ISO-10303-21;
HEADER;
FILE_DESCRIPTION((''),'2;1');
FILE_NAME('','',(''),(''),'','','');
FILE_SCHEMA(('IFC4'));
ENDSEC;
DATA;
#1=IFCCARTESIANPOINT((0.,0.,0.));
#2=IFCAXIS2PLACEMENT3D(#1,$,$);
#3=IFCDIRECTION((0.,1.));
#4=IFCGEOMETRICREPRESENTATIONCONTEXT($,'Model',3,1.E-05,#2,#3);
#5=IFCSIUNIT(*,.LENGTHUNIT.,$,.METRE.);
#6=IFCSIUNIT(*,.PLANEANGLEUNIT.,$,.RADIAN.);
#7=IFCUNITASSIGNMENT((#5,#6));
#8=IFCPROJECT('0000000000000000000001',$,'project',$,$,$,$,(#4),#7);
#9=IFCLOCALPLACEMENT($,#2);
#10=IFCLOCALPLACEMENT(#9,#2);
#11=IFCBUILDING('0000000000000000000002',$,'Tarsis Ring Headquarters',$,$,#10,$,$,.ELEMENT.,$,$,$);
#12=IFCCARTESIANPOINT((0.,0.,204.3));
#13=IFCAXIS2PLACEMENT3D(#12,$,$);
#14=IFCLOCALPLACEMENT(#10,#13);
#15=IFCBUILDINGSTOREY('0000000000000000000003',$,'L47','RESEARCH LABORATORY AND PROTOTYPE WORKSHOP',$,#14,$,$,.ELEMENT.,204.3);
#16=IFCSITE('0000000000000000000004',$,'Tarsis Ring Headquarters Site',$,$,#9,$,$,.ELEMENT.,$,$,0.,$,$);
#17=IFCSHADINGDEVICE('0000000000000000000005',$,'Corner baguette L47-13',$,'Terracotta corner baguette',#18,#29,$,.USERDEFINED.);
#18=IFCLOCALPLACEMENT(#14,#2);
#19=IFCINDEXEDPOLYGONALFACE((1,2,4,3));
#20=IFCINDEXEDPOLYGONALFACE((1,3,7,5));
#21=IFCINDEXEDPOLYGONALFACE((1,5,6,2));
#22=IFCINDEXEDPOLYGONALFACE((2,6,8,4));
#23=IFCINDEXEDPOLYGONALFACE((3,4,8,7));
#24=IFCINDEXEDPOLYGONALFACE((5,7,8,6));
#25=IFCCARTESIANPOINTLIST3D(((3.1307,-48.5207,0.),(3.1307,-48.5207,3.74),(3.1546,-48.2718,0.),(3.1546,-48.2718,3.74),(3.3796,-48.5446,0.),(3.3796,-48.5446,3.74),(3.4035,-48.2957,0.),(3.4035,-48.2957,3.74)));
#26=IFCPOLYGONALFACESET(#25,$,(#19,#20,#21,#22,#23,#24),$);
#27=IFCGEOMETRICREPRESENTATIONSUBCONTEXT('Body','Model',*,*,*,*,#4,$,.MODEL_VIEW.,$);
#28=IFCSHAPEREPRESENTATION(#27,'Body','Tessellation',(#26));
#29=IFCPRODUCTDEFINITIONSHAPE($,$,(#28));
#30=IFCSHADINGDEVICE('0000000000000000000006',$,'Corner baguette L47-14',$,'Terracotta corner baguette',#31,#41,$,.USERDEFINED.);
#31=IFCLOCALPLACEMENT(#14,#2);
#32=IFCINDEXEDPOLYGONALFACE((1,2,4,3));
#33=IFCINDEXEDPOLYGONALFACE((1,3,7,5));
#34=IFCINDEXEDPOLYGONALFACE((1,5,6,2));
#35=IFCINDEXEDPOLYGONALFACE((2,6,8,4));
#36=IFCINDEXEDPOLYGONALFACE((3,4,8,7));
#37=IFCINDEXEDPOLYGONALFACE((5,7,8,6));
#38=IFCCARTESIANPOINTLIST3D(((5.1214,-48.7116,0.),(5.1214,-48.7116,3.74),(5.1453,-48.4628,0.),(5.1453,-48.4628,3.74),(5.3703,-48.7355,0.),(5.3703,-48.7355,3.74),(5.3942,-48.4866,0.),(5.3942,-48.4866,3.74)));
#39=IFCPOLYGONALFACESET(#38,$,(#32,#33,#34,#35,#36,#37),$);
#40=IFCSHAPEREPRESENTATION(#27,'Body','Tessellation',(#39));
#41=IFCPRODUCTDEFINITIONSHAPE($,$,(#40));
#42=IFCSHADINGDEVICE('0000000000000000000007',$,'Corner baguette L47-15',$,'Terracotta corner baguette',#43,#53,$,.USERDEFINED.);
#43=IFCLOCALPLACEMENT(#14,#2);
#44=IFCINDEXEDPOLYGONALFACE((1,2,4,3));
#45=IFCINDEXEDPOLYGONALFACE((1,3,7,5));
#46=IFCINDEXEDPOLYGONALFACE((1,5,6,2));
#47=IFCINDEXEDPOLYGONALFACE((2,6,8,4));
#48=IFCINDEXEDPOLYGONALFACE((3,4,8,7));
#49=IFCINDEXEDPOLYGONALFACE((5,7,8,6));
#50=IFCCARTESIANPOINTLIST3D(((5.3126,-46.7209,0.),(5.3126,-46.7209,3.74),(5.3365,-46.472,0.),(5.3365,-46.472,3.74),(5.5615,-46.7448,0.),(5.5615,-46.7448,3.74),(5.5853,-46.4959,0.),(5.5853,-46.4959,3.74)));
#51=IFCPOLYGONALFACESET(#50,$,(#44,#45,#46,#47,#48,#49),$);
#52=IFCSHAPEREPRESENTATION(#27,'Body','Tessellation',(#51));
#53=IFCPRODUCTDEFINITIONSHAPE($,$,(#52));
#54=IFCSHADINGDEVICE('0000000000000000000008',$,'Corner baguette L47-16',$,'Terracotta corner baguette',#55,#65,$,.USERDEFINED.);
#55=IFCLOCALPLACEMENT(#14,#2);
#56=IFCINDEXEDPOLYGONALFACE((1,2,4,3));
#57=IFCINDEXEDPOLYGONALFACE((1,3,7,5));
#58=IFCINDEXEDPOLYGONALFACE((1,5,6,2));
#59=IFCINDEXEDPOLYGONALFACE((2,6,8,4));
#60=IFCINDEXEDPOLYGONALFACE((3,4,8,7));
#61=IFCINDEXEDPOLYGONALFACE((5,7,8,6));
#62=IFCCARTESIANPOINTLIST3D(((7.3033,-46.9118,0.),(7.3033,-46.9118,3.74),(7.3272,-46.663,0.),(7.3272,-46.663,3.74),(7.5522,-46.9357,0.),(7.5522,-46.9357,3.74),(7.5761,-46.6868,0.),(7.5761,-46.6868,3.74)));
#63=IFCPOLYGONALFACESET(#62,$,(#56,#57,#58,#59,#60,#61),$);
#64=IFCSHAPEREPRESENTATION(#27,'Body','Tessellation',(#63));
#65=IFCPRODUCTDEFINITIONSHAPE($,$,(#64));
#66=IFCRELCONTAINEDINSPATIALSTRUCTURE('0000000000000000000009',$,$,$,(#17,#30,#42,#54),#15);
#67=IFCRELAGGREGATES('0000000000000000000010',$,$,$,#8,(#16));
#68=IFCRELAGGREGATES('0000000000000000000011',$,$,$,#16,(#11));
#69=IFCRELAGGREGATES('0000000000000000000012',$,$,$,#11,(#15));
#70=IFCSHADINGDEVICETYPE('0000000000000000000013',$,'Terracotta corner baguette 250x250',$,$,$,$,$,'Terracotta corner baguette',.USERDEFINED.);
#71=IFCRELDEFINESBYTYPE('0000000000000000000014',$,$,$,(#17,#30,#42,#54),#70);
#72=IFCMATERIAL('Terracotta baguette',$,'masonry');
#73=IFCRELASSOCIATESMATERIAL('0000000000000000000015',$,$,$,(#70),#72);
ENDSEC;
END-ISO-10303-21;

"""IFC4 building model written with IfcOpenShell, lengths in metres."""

from ifc_helpers import new_model, si_unit, direction, frame, origin, origin_2d, place, context, subcontext, project, spatial, rectangle, extrude, material, type_object, element, save


model = new_model("IFC4")

# Units and contexts
model_context = context("Model", 3, precision=1e-05, world=origin(), true_north=direction((0.0, 1.0)))
body_context = subcontext(model_context, "Body", "Model", "MODEL_VIEW")
ifc_project = project(units=[si_unit("LENGTHUNIT", "METRE"), si_unit("PLANEANGLEUNIT", "RADIAN")], contexts=[model_context])

# Site, building, storey
site_placement = place(None, origin())
site = spatial("IfcSite", under=ifc_project, at=site_placement, Name="Tarsis Ring Headquarters Site", CompositionType="ELEMENT", RefElevation=0.0)
building_placement = place(site_placement, origin())
building = spatial("IfcBuilding", under=site, at=building_placement, Name="Tarsis Ring Headquarters", CompositionType="ELEMENT")
storey_placement = place(building_placement, frame((0.0, 0.0, 204.3)))
storey = spatial("IfcBuildingStorey", under=building, at=storey_placement, Name="L47", Description="RESEARCH LABORATORY AND PROTOTYPE WORKSHOP", CompositionType="ELEMENT", Elevation=204.3)

# Shading devices
ifc_material_1 = material(Name="Terracotta baguette", Category="masonry")
shading_device_type_1 = type_object("IfcShadingDeviceType", Name="Terracotta corner baguette 250x250", ElementType="Terracotta corner baguette", PredefinedType="USERDEFINED", material=ifc_material_1)
for number, where, z_axis, x_axis, name in (
    (1, (3.2671, -48.4082, 0.0), (0.0, 0.0, 1.0), (0.095499, 0.99543, 0.0), "Corner baguette L47-13"),
    (2, (5.2578, -48.5991, 0.0), (0.0, 0.0, 1.0), (0.99543, -0.095498, 0.0), "Corner baguette L47-14"),
    (3, (5.449, -46.6084, 0.0), (0.0, 0.0, 1.0), (0.095499, 0.99543, 0.0), "Corner baguette L47-15"),
    (4, (7.4397, -46.7993, 0.0), (0.0, 0.0, 1.0), (0.99543, -0.095499, 0.0), "Corner baguette L47-16"),
):
    element("IfcShadingDevice", number, at=place(storey_placement, frame(where, z_axis=z_axis, x_axis=x_axis)), inside=storey, type_object=shading_device_type_1, Name=name, ObjectType="Terracotta corner baguette", PredefinedType="USERDEFINED", context=body_context, shape_type="SweptSolid", body=[
        extrude(rectangle(XDim=0.25, YDim=0.25, at=origin_2d()), origin(), (0.0, 0.0, 1.0), 3.74),
    ])

save(model, "model.ifc")
